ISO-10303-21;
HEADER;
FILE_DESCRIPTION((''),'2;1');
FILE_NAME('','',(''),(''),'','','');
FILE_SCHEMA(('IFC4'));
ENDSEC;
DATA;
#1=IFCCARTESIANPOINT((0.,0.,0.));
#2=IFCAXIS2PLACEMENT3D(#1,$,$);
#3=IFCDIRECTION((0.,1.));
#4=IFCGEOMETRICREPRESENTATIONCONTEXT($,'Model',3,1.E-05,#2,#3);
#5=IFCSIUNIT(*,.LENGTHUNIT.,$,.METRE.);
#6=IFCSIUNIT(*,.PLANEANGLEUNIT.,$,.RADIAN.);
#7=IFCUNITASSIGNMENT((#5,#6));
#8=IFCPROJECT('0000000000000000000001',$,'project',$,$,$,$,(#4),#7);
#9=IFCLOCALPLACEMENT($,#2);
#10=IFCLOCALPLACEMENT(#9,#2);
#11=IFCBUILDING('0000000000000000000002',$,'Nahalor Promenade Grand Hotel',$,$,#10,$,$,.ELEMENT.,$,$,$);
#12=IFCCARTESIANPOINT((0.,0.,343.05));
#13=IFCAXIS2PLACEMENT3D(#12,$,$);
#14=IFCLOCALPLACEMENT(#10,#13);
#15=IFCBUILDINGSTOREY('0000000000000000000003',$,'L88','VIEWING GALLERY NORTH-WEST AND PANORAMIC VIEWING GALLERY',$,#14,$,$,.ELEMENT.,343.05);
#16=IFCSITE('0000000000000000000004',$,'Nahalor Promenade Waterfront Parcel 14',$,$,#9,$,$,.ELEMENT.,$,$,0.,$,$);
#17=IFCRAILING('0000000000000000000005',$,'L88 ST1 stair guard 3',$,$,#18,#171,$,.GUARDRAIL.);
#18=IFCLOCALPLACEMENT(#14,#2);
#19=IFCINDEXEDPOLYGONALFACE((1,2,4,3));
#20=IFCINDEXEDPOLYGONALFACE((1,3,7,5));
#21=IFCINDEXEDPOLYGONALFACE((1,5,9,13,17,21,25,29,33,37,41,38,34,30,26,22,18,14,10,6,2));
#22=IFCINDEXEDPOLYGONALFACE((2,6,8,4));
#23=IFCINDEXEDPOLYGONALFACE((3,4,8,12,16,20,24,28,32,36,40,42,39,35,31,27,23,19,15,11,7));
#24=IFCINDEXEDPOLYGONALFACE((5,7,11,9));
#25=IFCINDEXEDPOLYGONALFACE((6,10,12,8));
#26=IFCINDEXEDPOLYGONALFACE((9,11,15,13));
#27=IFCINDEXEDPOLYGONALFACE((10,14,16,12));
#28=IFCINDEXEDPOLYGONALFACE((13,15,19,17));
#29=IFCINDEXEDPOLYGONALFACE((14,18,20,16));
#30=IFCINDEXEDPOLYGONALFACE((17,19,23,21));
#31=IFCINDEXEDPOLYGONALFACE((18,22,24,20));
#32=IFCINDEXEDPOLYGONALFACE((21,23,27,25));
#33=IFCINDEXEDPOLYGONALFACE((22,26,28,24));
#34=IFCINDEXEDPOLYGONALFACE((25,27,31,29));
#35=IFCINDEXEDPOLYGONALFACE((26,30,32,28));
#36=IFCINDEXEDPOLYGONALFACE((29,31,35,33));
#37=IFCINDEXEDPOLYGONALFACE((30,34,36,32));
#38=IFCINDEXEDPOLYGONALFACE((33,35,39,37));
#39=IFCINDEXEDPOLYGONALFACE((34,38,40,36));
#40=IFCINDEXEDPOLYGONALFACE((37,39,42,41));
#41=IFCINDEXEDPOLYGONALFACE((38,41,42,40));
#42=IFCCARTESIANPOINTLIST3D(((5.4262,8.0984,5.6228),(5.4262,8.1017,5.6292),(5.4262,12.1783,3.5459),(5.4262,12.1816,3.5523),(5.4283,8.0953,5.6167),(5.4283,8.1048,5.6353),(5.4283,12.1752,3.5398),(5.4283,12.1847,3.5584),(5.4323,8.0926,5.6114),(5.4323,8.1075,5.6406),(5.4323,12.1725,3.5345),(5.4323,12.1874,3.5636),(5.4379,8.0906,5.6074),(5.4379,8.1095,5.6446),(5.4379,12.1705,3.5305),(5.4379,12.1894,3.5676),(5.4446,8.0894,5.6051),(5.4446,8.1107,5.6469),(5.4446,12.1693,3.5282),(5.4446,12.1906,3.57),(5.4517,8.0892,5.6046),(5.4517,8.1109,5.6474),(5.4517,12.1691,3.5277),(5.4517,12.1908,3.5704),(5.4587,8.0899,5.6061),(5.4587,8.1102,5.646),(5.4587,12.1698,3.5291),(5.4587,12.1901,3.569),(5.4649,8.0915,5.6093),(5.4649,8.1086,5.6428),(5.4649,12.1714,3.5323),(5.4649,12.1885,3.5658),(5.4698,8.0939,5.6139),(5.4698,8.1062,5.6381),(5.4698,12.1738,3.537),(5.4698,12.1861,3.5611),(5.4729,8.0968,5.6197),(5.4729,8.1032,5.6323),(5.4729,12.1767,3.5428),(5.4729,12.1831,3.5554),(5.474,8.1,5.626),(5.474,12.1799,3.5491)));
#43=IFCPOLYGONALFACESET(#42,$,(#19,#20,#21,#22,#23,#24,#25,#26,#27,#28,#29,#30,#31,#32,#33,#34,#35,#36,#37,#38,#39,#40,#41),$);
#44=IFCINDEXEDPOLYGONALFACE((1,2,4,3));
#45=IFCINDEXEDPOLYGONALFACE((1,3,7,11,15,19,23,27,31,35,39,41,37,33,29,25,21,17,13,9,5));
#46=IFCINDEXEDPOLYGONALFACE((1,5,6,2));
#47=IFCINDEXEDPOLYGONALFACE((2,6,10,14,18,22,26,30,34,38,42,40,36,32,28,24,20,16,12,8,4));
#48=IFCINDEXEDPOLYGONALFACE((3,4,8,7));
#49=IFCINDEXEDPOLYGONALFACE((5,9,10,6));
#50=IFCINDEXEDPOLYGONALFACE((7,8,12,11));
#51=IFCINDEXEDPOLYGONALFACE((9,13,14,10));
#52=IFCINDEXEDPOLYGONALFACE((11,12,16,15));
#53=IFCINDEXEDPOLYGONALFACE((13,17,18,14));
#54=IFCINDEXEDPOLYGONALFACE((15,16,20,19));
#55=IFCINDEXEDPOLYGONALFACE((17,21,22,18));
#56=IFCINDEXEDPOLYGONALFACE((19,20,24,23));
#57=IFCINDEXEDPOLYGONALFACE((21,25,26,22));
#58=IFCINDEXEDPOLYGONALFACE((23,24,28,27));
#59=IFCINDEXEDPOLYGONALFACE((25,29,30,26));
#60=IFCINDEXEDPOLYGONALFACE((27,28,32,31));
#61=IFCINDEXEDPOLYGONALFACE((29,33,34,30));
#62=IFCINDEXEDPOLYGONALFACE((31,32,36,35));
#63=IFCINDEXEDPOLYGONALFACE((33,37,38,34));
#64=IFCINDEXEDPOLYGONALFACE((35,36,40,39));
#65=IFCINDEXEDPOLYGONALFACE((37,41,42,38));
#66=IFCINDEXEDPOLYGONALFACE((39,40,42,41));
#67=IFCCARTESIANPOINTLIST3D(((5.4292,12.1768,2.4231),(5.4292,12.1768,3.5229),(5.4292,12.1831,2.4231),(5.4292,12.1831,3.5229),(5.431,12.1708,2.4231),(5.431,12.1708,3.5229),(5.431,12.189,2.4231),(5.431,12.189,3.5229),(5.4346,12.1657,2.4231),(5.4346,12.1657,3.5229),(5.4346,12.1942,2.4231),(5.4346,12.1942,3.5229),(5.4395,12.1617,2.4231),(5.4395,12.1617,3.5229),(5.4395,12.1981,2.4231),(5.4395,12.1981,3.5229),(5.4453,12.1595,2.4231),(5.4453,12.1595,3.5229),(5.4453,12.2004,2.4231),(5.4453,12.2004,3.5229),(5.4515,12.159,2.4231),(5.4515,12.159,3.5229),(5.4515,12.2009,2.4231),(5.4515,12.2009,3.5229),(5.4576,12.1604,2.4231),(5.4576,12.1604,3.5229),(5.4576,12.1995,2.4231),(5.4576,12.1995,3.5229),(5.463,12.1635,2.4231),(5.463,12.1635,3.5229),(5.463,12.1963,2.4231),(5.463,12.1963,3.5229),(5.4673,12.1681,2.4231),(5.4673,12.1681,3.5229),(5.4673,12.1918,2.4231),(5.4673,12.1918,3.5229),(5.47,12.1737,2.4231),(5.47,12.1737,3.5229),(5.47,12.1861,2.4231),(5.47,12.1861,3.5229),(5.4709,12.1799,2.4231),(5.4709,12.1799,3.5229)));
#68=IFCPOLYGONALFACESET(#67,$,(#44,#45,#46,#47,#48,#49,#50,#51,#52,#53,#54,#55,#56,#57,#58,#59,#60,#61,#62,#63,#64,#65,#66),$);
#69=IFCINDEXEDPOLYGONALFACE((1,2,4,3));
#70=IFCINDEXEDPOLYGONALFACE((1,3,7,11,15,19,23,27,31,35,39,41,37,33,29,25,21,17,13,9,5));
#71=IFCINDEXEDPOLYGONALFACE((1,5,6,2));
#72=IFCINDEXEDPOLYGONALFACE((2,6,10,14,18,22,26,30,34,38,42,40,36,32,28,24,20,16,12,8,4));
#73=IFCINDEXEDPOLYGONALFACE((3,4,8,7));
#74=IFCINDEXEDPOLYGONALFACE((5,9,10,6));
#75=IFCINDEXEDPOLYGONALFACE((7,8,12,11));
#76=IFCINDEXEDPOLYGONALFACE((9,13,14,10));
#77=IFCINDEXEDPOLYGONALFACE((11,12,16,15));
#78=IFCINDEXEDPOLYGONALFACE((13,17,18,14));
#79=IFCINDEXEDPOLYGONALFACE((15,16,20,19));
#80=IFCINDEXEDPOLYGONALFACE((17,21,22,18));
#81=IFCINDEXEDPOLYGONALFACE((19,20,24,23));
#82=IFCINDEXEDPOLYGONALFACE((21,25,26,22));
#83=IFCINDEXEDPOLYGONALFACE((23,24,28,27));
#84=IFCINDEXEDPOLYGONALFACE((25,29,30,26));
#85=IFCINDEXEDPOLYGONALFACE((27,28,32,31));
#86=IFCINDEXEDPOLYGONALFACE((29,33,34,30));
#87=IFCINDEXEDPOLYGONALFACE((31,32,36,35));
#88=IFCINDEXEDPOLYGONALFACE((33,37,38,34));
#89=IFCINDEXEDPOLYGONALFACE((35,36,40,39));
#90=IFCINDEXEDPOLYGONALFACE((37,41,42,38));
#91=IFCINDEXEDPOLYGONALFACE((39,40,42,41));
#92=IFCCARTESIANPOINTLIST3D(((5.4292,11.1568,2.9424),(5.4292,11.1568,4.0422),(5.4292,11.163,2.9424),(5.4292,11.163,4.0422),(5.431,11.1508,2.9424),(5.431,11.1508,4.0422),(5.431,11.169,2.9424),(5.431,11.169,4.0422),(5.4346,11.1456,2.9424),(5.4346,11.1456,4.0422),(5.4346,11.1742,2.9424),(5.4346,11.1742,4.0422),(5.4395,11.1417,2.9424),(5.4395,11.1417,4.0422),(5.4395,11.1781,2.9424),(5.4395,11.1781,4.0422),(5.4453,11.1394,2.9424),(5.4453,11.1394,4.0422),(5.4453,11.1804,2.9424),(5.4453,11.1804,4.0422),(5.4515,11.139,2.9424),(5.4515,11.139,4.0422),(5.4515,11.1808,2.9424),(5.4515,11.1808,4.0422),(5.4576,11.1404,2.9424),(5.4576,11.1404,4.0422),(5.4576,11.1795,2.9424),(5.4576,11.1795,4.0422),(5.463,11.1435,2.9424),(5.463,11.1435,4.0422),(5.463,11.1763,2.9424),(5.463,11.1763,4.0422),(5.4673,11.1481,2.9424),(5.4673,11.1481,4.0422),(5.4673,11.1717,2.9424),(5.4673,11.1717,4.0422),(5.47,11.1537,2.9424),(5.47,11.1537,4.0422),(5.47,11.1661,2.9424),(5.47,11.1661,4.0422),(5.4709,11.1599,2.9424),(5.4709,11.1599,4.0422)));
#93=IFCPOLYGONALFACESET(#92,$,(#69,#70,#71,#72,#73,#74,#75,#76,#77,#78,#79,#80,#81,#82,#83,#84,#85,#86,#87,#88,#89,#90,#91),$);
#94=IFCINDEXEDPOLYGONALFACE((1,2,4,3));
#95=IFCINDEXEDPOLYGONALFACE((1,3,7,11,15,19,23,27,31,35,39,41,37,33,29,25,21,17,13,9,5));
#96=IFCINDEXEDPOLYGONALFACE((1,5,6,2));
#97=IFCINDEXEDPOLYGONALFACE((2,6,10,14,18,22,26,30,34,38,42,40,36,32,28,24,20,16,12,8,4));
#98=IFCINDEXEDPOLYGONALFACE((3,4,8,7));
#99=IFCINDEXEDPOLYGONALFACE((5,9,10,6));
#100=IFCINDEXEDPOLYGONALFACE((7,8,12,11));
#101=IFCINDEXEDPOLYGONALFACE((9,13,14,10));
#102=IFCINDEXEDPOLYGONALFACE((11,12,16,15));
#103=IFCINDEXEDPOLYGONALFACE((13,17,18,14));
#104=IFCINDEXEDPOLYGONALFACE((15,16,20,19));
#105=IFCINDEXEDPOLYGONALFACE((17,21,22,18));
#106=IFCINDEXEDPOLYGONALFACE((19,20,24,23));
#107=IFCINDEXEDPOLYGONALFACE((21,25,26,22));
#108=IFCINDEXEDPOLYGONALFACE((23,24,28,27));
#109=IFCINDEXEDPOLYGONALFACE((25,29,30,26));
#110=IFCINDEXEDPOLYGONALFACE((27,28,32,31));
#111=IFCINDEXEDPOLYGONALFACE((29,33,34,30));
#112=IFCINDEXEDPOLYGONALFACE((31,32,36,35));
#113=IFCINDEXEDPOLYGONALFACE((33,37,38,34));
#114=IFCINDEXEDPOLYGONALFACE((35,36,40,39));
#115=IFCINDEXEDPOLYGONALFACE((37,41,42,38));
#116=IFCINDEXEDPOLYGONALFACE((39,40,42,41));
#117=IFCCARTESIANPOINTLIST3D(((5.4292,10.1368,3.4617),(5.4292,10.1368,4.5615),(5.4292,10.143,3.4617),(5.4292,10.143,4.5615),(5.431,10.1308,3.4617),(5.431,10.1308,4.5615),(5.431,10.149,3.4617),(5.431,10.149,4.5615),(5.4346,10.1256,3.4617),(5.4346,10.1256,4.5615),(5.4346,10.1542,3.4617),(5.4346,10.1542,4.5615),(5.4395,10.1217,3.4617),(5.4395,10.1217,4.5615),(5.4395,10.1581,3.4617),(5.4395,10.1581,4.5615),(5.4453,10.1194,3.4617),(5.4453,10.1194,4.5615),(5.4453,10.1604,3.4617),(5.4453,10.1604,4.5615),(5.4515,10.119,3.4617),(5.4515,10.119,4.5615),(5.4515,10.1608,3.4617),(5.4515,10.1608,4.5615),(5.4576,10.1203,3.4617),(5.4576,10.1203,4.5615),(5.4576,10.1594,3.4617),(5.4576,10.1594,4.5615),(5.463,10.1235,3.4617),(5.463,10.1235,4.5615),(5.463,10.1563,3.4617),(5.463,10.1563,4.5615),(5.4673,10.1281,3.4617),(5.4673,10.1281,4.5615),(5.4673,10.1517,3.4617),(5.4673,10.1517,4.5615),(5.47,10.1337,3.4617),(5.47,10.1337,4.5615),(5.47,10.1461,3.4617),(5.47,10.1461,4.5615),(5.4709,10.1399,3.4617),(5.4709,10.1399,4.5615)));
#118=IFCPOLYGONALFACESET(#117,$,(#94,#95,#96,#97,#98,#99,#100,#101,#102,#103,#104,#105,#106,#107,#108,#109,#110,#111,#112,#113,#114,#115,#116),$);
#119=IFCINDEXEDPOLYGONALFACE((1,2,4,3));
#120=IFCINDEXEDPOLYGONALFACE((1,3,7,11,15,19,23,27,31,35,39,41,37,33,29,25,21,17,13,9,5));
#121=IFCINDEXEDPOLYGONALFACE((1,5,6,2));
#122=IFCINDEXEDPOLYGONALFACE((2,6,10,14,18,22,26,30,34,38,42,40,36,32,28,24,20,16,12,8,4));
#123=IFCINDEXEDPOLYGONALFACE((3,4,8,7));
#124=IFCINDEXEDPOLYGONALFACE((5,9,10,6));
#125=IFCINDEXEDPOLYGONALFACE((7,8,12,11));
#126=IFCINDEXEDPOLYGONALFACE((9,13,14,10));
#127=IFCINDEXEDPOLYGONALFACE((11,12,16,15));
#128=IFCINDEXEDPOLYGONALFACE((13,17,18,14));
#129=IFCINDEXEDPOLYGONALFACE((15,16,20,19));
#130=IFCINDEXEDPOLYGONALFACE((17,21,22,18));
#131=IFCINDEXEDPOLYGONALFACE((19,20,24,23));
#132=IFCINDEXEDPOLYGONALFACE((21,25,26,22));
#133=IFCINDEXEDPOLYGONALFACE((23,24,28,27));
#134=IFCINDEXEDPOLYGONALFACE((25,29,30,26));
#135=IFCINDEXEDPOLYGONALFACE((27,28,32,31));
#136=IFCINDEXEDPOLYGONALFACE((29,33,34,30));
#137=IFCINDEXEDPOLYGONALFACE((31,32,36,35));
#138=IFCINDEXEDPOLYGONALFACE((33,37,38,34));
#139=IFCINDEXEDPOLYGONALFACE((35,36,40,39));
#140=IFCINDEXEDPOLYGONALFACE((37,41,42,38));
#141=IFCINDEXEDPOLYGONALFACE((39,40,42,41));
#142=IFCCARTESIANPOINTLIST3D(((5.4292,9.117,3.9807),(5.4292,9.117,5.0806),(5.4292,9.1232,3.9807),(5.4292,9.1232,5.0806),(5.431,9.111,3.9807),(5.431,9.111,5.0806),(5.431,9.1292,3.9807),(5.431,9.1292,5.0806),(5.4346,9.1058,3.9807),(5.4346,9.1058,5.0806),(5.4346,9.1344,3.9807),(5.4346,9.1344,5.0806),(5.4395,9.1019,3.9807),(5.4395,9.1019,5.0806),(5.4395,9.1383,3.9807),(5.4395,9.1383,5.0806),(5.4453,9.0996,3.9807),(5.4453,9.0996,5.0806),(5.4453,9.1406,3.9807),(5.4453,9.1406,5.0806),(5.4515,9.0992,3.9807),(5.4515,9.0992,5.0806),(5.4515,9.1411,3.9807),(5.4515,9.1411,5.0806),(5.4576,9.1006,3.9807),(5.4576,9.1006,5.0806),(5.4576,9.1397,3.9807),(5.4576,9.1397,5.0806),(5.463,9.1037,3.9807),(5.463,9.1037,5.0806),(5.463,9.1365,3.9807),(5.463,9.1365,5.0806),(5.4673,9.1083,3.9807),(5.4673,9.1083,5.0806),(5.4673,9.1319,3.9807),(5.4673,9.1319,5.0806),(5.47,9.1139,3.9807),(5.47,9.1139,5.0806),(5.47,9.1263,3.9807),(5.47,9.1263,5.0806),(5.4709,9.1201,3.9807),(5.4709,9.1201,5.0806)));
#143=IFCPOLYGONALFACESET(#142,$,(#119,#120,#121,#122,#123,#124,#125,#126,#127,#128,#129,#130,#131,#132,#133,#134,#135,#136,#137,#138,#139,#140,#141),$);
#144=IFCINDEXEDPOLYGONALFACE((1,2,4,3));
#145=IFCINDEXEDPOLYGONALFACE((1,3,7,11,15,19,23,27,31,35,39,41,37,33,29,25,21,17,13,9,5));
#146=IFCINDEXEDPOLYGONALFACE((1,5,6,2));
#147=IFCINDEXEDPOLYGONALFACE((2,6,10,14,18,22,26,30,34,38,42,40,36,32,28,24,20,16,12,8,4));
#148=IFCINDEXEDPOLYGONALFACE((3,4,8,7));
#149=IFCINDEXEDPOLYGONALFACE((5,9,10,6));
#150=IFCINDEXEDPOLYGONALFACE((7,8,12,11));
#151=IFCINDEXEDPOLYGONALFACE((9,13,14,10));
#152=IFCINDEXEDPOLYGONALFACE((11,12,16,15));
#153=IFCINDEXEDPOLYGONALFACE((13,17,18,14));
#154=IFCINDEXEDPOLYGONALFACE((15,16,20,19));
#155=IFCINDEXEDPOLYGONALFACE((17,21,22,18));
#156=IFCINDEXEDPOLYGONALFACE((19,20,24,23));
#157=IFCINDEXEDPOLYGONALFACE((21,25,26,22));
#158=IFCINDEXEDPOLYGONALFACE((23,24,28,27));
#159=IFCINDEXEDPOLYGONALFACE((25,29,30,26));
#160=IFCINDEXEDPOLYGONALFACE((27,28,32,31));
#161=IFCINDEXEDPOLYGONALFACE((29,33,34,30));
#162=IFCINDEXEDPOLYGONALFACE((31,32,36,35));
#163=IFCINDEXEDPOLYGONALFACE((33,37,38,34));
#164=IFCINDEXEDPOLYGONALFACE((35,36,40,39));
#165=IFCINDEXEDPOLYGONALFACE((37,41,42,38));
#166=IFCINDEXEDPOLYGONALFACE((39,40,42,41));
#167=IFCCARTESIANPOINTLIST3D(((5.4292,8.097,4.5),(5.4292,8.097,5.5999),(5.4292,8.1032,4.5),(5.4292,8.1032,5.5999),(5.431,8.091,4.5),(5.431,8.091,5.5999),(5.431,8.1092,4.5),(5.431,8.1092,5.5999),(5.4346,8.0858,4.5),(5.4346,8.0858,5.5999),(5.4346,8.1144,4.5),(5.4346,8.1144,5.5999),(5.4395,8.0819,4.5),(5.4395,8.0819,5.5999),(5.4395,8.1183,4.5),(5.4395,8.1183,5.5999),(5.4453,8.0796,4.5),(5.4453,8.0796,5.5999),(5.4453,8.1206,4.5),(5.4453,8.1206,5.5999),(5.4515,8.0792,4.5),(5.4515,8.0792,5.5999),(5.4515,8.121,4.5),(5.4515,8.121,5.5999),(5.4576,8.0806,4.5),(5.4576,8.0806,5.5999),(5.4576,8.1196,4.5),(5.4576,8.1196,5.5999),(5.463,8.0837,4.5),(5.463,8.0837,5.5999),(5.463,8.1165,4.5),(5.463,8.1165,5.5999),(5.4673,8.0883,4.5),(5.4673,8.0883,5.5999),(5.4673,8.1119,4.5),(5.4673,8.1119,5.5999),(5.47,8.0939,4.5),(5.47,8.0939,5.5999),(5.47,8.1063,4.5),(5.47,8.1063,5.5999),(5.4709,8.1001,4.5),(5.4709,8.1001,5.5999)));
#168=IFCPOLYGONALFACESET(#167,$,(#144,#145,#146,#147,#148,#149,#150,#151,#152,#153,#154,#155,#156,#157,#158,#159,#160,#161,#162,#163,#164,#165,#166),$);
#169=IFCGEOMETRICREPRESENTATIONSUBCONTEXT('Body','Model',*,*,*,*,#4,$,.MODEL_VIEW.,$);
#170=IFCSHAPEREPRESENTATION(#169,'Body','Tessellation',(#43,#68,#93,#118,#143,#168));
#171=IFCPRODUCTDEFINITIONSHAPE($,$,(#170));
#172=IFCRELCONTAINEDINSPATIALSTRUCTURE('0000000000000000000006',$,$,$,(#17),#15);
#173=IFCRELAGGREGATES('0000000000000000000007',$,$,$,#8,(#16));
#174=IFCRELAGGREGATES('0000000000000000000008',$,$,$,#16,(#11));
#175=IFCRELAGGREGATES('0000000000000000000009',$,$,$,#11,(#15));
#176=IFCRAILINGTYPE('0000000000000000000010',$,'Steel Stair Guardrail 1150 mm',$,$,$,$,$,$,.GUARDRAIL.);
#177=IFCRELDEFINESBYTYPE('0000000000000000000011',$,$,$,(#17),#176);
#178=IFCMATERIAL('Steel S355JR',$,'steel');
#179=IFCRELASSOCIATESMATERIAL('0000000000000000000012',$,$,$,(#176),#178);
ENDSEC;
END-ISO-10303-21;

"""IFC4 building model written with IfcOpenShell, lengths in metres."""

from ifc_helpers import new_model, si_unit, direction, frame, origin, origin_2d, place, context, subcontext, project, spatial, circle, extrude, material, type_object, element, save


model = new_model("IFC4")

# Units and contexts
model_context = context("Model", 3, precision=1e-05, world=origin(), true_north=direction((0.0, 1.0)))
body_context = subcontext(model_context, "Body", "Model", "MODEL_VIEW")
ifc_project = project(units=[si_unit("LENGTHUNIT", "METRE"), si_unit("PLANEANGLEUNIT", "RADIAN")], contexts=[model_context])

# Site, building, storey
site_placement = place(None, origin())
site = spatial("IfcSite", under=ifc_project, at=site_placement, Name="Nahalor Promenade Waterfront Parcel 14", CompositionType="ELEMENT", RefElevation=0.0)
building_placement = place(site_placement, origin())
building = spatial("IfcBuilding", under=site, at=building_placement, Name="Nahalor Promenade Grand Hotel", CompositionType="ELEMENT")
storey_placement = place(building_placement, frame((0.0, 0.0, 343.05)))
storey = spatial("IfcBuildingStorey", under=building, at=storey_placement, Name="L88", Description="VIEWING GALLERY NORTH-WEST AND PANORAMIC VIEWING GALLERY", CompositionType="ELEMENT", Elevation=343.05)

# Shared definitions
ifc_material_1 = material(Name="Steel S355JR", Category="steel")

# Railing
railing_type_1 = type_object("IfcRailingType", Name="Steel Stair Guardrail 1150 mm", PredefinedType="GUARDRAIL", material=ifc_material_1)
railing_1_placement = place(storey_placement, frame((5.45, 12.1799, 2.4231)))
element("IfcRailing", 1, at=railing_1_placement, inside=storey, type_object=railing_type_1, Name="L88 ST1 stair guard 3", PredefinedType="GUARDRAIL", context=body_context, shape_type="SweptSolid", body=[
    extrude(circle(Radius=0.024, at=origin_2d()), frame((0.0, 0.0, 1.126), z_axis=(0.0, -0.891172, 0.453665), x_axis=(1.0, 0.0, 0.0)), (0.0, 0.0, 1.0), 4.5781),
    extrude(circle(Radius=0.021, at=origin_2d()), origin(), (0.0, 0.0, 1.0), 1.0999),
    extrude(circle(Radius=0.021, at=origin_2d()), frame((0.0, -1.02, 0.5193)), (0.0, 0.0, 1.0), 1.0999),
    extrude(circle(Radius=0.021, at=origin_2d()), frame((0.0, -2.04, 1.0386)), (0.0, 0.0, 1.0), 1.0999),
    extrude(circle(Radius=0.021, at=origin_2d()), frame((0.0, -3.0598, 1.5576)), (0.0, 0.0, 1.0), 1.0999),
    extrude(circle(Radius=0.021, at=origin_2d()), frame((0.0, -4.0798, 2.0769)), (0.0, 0.0, 1.0), 1.0999),
])

save(model, "model.ifc")
